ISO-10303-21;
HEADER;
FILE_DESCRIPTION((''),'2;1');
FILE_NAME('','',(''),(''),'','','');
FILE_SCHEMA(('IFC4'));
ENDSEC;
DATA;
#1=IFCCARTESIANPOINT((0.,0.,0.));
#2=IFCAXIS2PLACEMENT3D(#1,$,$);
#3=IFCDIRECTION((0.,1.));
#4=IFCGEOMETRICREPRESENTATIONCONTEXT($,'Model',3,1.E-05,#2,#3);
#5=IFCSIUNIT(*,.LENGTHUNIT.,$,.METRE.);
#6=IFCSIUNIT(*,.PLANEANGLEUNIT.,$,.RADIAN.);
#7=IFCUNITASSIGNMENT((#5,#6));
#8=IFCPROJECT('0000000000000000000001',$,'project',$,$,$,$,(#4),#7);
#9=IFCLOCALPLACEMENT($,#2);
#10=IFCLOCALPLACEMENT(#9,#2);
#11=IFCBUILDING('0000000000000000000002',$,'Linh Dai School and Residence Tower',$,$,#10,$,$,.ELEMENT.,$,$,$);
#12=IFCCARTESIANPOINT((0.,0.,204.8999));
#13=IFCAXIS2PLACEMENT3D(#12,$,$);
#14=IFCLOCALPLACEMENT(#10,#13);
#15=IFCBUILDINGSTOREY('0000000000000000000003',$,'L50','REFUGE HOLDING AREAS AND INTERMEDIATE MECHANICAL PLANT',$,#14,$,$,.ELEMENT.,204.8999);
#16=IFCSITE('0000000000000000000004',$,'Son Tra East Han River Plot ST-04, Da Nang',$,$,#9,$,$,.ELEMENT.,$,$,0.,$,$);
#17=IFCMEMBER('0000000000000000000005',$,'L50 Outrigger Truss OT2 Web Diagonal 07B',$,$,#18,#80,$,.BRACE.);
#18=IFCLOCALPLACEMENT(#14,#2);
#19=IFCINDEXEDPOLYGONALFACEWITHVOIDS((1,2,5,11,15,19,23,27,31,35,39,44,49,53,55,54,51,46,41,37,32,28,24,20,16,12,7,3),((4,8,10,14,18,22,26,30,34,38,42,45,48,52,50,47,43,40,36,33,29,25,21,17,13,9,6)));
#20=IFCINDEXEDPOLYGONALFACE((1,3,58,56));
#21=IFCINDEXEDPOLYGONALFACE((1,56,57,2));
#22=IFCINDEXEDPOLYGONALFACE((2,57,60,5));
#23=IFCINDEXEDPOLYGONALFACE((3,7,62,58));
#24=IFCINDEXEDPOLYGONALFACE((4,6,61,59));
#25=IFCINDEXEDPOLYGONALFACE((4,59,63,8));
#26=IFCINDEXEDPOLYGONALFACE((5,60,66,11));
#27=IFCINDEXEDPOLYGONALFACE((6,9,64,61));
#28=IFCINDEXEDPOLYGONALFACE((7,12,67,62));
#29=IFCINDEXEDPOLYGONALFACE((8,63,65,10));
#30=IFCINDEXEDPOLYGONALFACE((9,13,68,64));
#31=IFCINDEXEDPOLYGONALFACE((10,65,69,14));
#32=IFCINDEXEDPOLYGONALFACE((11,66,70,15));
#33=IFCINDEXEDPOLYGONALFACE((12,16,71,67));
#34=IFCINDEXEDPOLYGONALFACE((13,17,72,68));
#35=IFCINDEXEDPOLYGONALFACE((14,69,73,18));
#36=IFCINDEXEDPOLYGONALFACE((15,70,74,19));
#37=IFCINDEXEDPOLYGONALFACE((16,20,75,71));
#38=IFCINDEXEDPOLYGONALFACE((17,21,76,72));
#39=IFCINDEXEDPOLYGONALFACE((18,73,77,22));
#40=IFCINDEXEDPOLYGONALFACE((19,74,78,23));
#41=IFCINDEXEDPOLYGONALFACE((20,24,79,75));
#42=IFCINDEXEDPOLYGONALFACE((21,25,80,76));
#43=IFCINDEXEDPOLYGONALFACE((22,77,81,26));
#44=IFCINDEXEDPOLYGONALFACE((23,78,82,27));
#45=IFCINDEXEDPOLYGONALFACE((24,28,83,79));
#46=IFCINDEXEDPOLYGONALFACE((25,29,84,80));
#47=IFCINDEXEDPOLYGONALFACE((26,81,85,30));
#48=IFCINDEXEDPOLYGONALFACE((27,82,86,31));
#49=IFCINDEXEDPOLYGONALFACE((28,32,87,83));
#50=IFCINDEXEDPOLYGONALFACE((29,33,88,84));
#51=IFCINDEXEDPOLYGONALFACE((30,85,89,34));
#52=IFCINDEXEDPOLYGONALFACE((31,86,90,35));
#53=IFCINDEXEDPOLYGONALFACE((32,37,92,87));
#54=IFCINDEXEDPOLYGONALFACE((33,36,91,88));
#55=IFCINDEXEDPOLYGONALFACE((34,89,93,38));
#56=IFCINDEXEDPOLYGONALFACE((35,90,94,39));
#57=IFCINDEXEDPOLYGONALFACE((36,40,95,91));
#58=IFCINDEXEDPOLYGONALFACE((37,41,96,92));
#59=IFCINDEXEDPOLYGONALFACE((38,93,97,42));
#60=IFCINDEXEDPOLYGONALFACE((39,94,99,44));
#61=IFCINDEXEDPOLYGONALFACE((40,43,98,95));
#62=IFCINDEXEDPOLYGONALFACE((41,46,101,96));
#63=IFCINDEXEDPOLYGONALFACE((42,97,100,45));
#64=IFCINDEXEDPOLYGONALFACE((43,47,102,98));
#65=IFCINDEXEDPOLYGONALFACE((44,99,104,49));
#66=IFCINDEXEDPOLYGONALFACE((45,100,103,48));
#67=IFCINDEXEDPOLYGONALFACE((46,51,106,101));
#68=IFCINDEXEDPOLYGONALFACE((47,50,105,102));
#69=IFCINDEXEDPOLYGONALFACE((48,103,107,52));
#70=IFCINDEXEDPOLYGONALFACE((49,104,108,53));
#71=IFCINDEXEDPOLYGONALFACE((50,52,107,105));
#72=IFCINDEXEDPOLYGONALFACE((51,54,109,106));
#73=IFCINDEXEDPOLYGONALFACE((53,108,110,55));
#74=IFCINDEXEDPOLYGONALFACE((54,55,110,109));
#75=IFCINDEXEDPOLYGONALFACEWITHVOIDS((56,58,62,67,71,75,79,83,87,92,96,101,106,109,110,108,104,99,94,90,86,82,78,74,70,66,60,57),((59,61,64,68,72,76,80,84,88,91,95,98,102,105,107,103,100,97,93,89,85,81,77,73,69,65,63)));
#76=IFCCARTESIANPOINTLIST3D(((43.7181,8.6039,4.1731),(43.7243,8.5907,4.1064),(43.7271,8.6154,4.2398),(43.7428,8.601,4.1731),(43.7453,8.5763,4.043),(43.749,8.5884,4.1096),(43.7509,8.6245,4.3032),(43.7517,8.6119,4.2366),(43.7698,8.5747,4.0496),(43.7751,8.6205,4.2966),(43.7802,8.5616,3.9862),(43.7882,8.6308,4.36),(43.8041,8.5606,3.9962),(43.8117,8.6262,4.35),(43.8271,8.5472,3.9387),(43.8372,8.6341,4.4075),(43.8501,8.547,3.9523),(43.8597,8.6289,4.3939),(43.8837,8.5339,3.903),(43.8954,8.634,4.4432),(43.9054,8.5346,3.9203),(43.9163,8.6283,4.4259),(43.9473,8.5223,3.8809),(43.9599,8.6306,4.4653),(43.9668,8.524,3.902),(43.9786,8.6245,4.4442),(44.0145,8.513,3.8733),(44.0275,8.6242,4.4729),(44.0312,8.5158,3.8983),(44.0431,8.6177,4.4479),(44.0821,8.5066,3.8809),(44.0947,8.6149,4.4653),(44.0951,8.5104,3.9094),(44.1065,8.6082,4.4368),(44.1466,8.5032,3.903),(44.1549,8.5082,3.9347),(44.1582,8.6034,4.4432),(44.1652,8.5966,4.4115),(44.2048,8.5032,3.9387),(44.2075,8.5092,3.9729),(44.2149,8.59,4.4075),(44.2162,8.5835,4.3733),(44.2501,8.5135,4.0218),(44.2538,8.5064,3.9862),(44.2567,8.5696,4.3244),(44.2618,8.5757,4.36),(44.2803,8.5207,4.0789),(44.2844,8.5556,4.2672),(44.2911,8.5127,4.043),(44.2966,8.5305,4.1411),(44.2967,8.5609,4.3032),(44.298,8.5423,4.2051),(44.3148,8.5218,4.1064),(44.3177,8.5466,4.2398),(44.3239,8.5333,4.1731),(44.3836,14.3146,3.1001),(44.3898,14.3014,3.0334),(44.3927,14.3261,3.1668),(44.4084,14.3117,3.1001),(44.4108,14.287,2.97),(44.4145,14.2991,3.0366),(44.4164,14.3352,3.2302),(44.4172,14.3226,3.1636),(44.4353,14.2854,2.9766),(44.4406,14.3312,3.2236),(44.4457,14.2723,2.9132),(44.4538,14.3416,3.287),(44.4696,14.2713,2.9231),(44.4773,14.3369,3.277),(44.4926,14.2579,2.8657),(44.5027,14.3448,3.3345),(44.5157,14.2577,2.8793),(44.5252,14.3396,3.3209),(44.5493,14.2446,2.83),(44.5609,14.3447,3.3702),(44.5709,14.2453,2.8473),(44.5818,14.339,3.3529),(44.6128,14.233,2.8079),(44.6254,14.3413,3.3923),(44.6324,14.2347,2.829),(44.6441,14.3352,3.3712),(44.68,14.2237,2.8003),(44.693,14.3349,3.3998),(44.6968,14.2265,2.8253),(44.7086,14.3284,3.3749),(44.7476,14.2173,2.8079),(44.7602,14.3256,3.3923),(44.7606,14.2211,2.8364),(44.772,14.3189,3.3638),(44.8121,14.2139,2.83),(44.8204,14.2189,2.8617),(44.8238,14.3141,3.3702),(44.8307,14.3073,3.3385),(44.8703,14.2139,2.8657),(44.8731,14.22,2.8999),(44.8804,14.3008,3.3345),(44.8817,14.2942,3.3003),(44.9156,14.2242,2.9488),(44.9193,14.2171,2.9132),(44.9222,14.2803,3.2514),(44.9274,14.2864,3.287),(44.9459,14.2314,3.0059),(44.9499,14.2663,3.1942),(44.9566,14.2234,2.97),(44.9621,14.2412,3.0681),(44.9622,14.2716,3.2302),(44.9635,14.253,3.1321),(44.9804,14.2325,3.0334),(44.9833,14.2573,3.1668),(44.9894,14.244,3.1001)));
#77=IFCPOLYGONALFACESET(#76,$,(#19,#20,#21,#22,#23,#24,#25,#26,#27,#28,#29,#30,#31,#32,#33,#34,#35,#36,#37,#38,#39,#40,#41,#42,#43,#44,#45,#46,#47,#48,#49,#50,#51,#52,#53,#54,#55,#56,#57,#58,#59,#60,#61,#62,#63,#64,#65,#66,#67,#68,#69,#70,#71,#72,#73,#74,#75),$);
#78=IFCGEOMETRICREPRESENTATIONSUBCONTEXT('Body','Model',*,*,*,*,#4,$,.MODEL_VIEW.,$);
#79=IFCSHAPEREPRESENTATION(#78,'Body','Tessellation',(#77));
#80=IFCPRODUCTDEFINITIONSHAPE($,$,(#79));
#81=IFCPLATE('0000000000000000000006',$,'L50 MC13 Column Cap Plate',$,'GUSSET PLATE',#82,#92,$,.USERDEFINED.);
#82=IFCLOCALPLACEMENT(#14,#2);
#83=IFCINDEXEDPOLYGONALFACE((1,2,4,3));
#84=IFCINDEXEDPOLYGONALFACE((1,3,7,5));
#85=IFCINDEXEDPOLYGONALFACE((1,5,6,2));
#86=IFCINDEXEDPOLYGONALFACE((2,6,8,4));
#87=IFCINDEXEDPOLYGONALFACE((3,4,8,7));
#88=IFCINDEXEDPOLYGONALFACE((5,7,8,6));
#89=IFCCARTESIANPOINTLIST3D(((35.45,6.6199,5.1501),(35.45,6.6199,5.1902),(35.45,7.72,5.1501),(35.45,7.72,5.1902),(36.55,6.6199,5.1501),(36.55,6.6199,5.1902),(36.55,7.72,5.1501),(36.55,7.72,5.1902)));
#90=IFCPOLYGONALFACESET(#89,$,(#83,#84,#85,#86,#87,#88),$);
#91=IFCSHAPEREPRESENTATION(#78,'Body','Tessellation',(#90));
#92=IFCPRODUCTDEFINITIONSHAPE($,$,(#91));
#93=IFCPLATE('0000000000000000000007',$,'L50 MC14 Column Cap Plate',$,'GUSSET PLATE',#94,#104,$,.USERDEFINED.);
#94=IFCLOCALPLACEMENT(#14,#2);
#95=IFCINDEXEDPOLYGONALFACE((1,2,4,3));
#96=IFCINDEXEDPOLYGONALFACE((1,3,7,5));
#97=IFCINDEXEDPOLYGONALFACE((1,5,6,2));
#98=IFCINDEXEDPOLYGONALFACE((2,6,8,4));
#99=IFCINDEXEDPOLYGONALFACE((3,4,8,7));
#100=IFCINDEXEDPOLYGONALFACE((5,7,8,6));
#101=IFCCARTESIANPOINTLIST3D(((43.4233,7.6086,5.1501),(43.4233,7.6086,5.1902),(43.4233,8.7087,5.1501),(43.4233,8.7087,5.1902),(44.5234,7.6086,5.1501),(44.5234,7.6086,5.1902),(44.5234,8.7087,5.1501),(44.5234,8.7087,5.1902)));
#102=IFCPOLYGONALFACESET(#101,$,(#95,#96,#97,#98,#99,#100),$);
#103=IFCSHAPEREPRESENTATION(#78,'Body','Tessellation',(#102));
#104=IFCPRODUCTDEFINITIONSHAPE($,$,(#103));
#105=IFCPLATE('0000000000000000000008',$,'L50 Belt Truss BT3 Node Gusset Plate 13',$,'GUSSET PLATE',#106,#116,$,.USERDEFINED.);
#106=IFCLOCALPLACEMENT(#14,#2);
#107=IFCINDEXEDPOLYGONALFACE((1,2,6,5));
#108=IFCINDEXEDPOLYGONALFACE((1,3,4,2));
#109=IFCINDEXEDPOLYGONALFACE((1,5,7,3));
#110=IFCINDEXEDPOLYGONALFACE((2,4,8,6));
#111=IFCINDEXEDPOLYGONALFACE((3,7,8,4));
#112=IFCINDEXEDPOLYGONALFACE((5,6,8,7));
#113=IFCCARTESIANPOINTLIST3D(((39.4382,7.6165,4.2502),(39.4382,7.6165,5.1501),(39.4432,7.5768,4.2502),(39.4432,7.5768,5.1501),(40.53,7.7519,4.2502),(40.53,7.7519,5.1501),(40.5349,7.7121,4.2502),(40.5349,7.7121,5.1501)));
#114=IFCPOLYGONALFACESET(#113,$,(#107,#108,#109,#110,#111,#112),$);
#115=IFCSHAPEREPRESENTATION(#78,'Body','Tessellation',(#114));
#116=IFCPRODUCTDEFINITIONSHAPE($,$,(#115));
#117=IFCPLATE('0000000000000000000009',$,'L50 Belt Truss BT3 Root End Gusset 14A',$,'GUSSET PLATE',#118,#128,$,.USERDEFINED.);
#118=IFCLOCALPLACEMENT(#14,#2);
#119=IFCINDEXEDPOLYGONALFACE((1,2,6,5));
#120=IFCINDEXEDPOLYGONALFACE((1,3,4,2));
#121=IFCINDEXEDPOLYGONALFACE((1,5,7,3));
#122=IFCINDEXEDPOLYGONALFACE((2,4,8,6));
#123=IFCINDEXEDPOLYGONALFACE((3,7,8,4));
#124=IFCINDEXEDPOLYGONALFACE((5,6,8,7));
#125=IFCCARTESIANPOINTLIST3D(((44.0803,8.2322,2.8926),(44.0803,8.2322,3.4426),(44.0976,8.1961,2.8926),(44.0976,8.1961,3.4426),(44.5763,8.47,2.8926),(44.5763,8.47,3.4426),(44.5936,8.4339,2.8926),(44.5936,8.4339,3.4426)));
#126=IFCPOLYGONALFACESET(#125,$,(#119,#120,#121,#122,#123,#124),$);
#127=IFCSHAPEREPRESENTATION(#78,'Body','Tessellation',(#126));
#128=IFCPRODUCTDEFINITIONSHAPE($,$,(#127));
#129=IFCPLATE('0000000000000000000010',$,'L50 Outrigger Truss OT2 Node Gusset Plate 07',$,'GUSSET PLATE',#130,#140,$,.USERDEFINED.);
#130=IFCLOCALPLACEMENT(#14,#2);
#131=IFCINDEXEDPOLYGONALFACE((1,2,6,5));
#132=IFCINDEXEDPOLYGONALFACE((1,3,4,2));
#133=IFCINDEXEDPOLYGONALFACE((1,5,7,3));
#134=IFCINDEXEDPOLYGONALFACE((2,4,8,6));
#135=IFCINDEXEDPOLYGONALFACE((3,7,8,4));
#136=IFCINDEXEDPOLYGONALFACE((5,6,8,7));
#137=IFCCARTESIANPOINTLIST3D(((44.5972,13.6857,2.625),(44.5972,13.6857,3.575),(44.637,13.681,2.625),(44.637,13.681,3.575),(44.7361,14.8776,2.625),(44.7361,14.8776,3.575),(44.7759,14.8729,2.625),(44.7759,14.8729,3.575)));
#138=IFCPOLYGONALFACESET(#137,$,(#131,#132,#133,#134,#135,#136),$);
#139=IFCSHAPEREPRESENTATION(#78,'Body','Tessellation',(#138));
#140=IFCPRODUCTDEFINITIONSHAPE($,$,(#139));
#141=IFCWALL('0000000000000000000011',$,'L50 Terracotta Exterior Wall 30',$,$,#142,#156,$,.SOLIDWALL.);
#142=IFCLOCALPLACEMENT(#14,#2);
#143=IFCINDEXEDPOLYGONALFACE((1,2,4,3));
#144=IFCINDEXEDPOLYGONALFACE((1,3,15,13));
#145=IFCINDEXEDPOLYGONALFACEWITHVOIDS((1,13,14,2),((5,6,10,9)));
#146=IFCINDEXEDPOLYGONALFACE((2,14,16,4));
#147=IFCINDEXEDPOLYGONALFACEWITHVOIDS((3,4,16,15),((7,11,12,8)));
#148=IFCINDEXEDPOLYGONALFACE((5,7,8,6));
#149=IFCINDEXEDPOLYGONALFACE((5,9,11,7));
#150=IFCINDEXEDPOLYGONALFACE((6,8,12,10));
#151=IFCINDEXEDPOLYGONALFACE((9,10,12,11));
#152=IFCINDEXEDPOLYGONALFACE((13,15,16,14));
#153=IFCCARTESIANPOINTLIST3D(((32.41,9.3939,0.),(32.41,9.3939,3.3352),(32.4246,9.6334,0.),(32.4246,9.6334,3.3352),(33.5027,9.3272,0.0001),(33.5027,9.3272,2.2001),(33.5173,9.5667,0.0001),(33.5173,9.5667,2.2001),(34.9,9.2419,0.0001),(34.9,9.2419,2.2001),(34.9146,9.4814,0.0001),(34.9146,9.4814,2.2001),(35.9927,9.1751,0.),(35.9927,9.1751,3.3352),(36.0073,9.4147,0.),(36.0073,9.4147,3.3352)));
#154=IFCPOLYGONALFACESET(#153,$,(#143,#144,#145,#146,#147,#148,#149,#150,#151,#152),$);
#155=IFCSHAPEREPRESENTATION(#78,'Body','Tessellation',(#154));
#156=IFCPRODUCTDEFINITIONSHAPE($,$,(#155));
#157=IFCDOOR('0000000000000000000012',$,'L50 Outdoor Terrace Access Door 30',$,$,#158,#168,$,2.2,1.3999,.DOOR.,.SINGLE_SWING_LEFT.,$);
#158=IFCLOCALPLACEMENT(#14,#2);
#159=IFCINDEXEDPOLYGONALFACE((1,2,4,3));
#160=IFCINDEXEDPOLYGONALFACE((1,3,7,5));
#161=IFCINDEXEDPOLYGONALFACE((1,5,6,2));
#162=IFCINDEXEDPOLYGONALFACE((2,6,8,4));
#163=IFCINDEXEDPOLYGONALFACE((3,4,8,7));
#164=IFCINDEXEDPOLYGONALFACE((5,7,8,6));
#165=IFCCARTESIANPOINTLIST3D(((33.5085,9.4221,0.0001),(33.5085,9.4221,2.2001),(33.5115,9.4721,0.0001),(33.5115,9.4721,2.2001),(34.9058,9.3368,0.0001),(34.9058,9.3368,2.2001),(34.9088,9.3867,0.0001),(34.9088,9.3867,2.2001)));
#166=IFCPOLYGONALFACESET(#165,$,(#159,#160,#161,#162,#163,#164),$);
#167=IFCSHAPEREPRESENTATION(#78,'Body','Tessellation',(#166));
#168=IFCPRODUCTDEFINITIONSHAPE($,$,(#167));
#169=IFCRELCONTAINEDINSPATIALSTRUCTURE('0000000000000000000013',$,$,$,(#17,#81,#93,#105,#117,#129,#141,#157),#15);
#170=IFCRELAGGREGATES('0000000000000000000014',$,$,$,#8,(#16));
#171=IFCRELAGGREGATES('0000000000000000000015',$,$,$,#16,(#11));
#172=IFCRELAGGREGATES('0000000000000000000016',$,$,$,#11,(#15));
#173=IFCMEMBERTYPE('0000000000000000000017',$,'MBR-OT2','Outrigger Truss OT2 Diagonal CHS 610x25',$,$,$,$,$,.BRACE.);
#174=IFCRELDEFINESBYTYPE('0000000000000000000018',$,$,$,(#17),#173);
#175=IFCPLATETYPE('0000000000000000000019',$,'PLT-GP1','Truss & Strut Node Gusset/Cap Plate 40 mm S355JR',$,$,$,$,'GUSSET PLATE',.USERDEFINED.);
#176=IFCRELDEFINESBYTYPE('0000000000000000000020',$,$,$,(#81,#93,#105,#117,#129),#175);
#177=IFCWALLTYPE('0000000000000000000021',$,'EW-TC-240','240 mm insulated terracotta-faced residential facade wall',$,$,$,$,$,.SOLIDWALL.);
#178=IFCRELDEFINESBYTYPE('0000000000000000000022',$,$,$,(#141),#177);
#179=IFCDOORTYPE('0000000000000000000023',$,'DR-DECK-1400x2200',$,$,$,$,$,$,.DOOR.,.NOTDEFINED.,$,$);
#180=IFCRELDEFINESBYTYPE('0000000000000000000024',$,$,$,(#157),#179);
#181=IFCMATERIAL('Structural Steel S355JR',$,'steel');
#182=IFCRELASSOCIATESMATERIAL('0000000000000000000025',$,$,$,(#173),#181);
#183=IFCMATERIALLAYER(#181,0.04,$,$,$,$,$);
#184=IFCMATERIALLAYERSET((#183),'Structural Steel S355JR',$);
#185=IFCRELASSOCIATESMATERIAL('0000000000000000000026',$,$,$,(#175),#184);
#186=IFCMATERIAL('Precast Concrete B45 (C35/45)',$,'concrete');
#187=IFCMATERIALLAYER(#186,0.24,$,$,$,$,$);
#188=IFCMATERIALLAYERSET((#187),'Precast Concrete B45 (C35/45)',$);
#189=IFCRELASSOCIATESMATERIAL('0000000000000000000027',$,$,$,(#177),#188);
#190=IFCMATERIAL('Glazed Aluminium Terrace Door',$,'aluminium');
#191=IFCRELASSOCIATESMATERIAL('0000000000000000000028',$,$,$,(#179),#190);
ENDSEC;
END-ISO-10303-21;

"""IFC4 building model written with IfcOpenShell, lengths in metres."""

from ifc_helpers import new_model, si_unit, direction, frame, frame_2d, origin, origin_2d, place, context, subcontext, project, spatial, rectangle, hollow_circle, extrude, source, transform, mapped, material, layer, layer_set, material_profile, profile_set, type_object, element, fill, save


model = new_model("IFC4")

# Units and contexts
model_context = context("Model", 3, precision=1e-05, world=origin(), true_north=direction((0.0, 1.0)))
body_context = subcontext(model_context, "Body", "Model", "MODEL_VIEW")
ifc_project = project(units=[si_unit("LENGTHUNIT", "METRE"), si_unit("PLANEANGLEUNIT", "RADIAN")], contexts=[model_context])

# Site, building, storey
site_placement = place(None, origin())
site = spatial("IfcSite", under=ifc_project, at=site_placement, Name="Son Tra East Han River Plot ST-04, Da Nang", CompositionType="ELEMENT", RefElevation=0.0)
building_placement = place(site_placement, origin())
building = spatial("IfcBuilding", under=site, at=building_placement, Name="Linh Dai School and Residence Tower", CompositionType="ELEMENT")
storey_placement = place(building_placement, frame((0.0, 0.0, 204.8999)))
storey = spatial("IfcBuildingStorey", under=building, at=storey_placement, Name="L50", Description="REFUGE HOLDING AREAS AND INTERMEDIATE MECHANICAL PLANT", CompositionType="ELEMENT", Elevation=204.8999)

# Shared definitions
ifc_material_1 = material(Name="Structural Steel S355JR", Category="steel")

# Member
ifc_material_profile_1 = material_profile(ifc_material_1, hollow_circle(Radius=0.3049, WallThickness=0.0249, at=origin_2d()), Name="CHS 610x25")
ifc_profile_set_1 = profile_set([ifc_material_profile_1], Name="Structural Steel S355JR")
member_type_1 = type_object("IfcMemberType", Name="MBR-OT2", Description="Outrigger Truss OT2 Diagonal CHS 610x25", PredefinedType="BRACE", material=ifc_profile_set_1)
member_1_placement = place(storey_placement, frame((44.021, 8.5686, 4.1731), z_axis=(0.113792, 0.976418, -0.183462), x_axis=(-0.993278, 0.115757, 0.0)))
element("IfcMember", 1, at=member_1_placement, inside=storey, type_object=member_type_1, Name="L50 Outrigger Truss OT2 Web Diagonal 07B", PredefinedType="BRACE", context=body_context, shape_type="SweptSolid", body=[
    extrude(hollow_circle(Radius=0.3049, WallThickness=0.0249, at=origin_2d()), origin(), (0.0, 0.0, 1.0), 5.8486),
])

# Plates
ifc_layer_1 = layer(ifc_material_1, 0.04)
ifc_layer_set_1 = layer_set([ifc_layer_1], Name="Structural Steel S355JR")
plate_type = type_object("IfcPlateType", Name="PLT-GP1", Description="Truss & Strut Node Gusset/Cap Plate 40 mm S355JR", ElementType="GUSSET PLATE", PredefinedType="USERDEFINED", material=ifc_layer_set_1)
shared_shape_1 = source(origin(), body_context, "Body", "SweptSolid", [
    extrude(rectangle(XDim=1.1001, YDim=1.1001, at=origin_2d()), origin(), (0.0, 0.0, 1.0), 0.04),
])
for number, where, z_axis, x_axis, name in (
    (2, (36.0, 7.1699, 5.1501), (0.0, 0.0, 1.0), (1.0, 0.0, 0.0), "L50 MC13 Column Cap Plate"),
    (3, (43.9734, 8.1587, 5.1501), (0.0, 0.0, 1.0), (1.0, 0.0, 0.0), "L50 MC14 Column Cap Plate"),
):
    element("IfcPlate", number, at=place(storey_placement, frame(where, z_axis=z_axis, x_axis=x_axis)), inside=storey, type_object=plate_type, Name=name, ObjectType="GUSSET PLATE", PredefinedType="USERDEFINED", context=body_context, shape_type="MappedRepresentation", body=[
        mapped(shared_shape_1, transform((0.0, 0.0, 0.0), x_axis=(1.0, 0.0, 0.0), y_axis=(0.0, 1.0, 0.0), z_axis=(0.0, 0.0, 1.0), scale=1.0)),
    ])
shared_shape_2 = source(origin(), body_context, "Body", "SweptSolid", [
    extrude(rectangle(XDim=1.1001, YDim=0.04, at=origin_2d()), origin(), (0.0, 0.0, 1.0), 0.8999),
])
plate_1_placement = place(storey_placement, frame((39.9866, 7.6643, 4.2502), z_axis=(0.0, 0.0, 1.0), x_axis=(0.992401, 0.123049, 0.0)))
element("IfcPlate", 4, at=plate_1_placement, inside=storey, type_object=plate_type, Name="L50 Belt Truss BT3 Node Gusset Plate 13", ObjectType="GUSSET PLATE", PredefinedType="USERDEFINED", context=body_context, shape_type="MappedRepresentation", body=[
    mapped(shared_shape_2, transform((0.0, 0.0, 0.0), x_axis=(1.0, 0.0, 0.0), y_axis=(0.0, 1.0, 0.0), z_axis=(0.0, 0.0, 1.0), scale=1.0)),
])
shared_shape_3 = source(origin(), body_context, "Body", "SweptSolid", [
    extrude(rectangle(XDim=0.55, YDim=0.04, at=origin_2d()), origin(), (0.0, 0.0, 1.0), 0.55),
])
plate_2_placement = place(storey_placement, frame((44.3369, 8.333, 2.8926), z_axis=(0.0, 0.0, 1.0), x_axis=(0.901714, 0.432333, 0.0)))
element("IfcPlate", 5, at=plate_2_placement, inside=storey, type_object=plate_type, Name="L50 Belt Truss BT3 Root End Gusset 14A", ObjectType="GUSSET PLATE", PredefinedType="USERDEFINED", context=body_context, shape_type="MappedRepresentation", body=[
    mapped(shared_shape_3, transform((0.0, 0.0, 0.0), x_axis=(1.0, 0.0, 0.0), y_axis=(0.0, 1.0, 0.0), z_axis=(0.0, 0.0, 1.0), scale=1.0)),
])
shared_shape_4 = source(origin(), body_context, "Body", "SweptSolid", [
    extrude(rectangle(XDim=1.2, YDim=0.04, at=origin_2d()), origin(), (0.0, 0.0, 1.0), 0.95),
])
plate_3_placement = place(storey_placement, frame((44.6865, 14.2793, 2.625), z_axis=(0.0, 0.0, 1.0), x_axis=(-0.115766, -0.993277, 0.0)))
element("IfcPlate", 6, at=plate_3_placement, inside=storey, type_object=plate_type, Name="L50 Outrigger Truss OT2 Node Gusset Plate 07", ObjectType="GUSSET PLATE", PredefinedType="USERDEFINED", context=body_context, shape_type="MappedRepresentation", body=[
    mapped(shared_shape_4, transform((0.0, 0.0, 0.0), x_axis=(1.0, 0.0, 0.0), y_axis=(0.0, 1.0, 0.0), z_axis=(0.0, 0.0, 1.0), scale=1.0)),
])

# Wall, opening, door
ifc_material_2 = material(Name="Precast Concrete B45 (C35/45)", Category="concrete")
ifc_layer_2 = layer(ifc_material_2, 0.24)
ifc_layer_set_2 = layer_set([ifc_layer_2], Name="Precast Concrete B45 (C35/45)")
wall_type_1 = type_object("IfcWallType", Name="EW-TC-240", Description="240 mm insulated terracotta-faced residential facade wall", PredefinedType="SOLIDWALL", material=ifc_layer_set_2)
wall_1_placement = place(storey_placement, frame((36.0, 9.2949, 0.0), z_axis=(0.0, 0.0, 1.0), x_axis=(-0.998141, 0.060943, 0.0)))
wall_1 = element("IfcWall", 7, at=wall_1_placement, inside=storey, type_object=wall_type_1, Name="L50 Terracotta Exterior Wall 30", PredefinedType="SOLIDWALL", context=body_context, shape_type="SweptSolid", body=[
    extrude(rectangle(XDim=3.5894, YDim=0.24, at=frame_2d((1.7947, 0.0))), origin(), (0.0, 0.0, 1.0), 3.3352),
])
opening_1_placement = place(wall_1_placement, frame((1.0947, 0.0, 0.0)))
opening_1 = element("IfcOpeningElement", 8, at=opening_1_placement, cuts=wall_1, PredefinedType="OPENING", context=body_context, shape_type="SweptSolid", body=[
    extrude(rectangle(XDim=1.3999, YDim=2.2, at=origin_2d()), frame((0.7, 0.1299, 1.1001), z_axis=(0.0, -1.0, 0.0), x_axis=(1.0, 0.0, 0.0)), (0.0, 0.0, 1.0), 0.26),
])
ifc_material_3 = material(Name="Glazed Aluminium Terrace Door", Category="aluminium")
door_type = type_object("IfcDoorType", Name="DR-DECK-1400x2200", OperationType="NOTDEFINED", PredefinedType="DOOR", material=ifc_material_3)
shared_shape_5 = source(origin(), body_context, "Body", "SweptSolid", [
    extrude(rectangle(XDim=1.3999, YDim=2.2, at=origin_2d()), frame((0.7, 0.0249, 1.1001), z_axis=(0.0, -1.0, 0.0), x_axis=(1.0, 0.0, 0.0)), (0.0, 0.0, 1.0), 0.05),
])
door_1_placement = place(opening_1_placement, origin())
door_1 = element("IfcDoor", 9, at=door_1_placement, inside=storey, type_object=door_type, Name="L50 Outdoor Terrace Access Door 30", OperationType="SINGLE_SWING_LEFT", OverallHeight=2.2, OverallWidth=1.3999, PredefinedType="DOOR", context=body_context, shape_type="MappedRepresentation", body=[
    mapped(shared_shape_5, transform((0.0, 0.0, 0.0), x_axis=(1.0, 0.0, 0.0), y_axis=(0.0, 1.0, 0.0), z_axis=(0.0, 0.0, 1.0), scale=1.0)),
])
fill(opening_1, door_1)

save(model, "model.ifc")
